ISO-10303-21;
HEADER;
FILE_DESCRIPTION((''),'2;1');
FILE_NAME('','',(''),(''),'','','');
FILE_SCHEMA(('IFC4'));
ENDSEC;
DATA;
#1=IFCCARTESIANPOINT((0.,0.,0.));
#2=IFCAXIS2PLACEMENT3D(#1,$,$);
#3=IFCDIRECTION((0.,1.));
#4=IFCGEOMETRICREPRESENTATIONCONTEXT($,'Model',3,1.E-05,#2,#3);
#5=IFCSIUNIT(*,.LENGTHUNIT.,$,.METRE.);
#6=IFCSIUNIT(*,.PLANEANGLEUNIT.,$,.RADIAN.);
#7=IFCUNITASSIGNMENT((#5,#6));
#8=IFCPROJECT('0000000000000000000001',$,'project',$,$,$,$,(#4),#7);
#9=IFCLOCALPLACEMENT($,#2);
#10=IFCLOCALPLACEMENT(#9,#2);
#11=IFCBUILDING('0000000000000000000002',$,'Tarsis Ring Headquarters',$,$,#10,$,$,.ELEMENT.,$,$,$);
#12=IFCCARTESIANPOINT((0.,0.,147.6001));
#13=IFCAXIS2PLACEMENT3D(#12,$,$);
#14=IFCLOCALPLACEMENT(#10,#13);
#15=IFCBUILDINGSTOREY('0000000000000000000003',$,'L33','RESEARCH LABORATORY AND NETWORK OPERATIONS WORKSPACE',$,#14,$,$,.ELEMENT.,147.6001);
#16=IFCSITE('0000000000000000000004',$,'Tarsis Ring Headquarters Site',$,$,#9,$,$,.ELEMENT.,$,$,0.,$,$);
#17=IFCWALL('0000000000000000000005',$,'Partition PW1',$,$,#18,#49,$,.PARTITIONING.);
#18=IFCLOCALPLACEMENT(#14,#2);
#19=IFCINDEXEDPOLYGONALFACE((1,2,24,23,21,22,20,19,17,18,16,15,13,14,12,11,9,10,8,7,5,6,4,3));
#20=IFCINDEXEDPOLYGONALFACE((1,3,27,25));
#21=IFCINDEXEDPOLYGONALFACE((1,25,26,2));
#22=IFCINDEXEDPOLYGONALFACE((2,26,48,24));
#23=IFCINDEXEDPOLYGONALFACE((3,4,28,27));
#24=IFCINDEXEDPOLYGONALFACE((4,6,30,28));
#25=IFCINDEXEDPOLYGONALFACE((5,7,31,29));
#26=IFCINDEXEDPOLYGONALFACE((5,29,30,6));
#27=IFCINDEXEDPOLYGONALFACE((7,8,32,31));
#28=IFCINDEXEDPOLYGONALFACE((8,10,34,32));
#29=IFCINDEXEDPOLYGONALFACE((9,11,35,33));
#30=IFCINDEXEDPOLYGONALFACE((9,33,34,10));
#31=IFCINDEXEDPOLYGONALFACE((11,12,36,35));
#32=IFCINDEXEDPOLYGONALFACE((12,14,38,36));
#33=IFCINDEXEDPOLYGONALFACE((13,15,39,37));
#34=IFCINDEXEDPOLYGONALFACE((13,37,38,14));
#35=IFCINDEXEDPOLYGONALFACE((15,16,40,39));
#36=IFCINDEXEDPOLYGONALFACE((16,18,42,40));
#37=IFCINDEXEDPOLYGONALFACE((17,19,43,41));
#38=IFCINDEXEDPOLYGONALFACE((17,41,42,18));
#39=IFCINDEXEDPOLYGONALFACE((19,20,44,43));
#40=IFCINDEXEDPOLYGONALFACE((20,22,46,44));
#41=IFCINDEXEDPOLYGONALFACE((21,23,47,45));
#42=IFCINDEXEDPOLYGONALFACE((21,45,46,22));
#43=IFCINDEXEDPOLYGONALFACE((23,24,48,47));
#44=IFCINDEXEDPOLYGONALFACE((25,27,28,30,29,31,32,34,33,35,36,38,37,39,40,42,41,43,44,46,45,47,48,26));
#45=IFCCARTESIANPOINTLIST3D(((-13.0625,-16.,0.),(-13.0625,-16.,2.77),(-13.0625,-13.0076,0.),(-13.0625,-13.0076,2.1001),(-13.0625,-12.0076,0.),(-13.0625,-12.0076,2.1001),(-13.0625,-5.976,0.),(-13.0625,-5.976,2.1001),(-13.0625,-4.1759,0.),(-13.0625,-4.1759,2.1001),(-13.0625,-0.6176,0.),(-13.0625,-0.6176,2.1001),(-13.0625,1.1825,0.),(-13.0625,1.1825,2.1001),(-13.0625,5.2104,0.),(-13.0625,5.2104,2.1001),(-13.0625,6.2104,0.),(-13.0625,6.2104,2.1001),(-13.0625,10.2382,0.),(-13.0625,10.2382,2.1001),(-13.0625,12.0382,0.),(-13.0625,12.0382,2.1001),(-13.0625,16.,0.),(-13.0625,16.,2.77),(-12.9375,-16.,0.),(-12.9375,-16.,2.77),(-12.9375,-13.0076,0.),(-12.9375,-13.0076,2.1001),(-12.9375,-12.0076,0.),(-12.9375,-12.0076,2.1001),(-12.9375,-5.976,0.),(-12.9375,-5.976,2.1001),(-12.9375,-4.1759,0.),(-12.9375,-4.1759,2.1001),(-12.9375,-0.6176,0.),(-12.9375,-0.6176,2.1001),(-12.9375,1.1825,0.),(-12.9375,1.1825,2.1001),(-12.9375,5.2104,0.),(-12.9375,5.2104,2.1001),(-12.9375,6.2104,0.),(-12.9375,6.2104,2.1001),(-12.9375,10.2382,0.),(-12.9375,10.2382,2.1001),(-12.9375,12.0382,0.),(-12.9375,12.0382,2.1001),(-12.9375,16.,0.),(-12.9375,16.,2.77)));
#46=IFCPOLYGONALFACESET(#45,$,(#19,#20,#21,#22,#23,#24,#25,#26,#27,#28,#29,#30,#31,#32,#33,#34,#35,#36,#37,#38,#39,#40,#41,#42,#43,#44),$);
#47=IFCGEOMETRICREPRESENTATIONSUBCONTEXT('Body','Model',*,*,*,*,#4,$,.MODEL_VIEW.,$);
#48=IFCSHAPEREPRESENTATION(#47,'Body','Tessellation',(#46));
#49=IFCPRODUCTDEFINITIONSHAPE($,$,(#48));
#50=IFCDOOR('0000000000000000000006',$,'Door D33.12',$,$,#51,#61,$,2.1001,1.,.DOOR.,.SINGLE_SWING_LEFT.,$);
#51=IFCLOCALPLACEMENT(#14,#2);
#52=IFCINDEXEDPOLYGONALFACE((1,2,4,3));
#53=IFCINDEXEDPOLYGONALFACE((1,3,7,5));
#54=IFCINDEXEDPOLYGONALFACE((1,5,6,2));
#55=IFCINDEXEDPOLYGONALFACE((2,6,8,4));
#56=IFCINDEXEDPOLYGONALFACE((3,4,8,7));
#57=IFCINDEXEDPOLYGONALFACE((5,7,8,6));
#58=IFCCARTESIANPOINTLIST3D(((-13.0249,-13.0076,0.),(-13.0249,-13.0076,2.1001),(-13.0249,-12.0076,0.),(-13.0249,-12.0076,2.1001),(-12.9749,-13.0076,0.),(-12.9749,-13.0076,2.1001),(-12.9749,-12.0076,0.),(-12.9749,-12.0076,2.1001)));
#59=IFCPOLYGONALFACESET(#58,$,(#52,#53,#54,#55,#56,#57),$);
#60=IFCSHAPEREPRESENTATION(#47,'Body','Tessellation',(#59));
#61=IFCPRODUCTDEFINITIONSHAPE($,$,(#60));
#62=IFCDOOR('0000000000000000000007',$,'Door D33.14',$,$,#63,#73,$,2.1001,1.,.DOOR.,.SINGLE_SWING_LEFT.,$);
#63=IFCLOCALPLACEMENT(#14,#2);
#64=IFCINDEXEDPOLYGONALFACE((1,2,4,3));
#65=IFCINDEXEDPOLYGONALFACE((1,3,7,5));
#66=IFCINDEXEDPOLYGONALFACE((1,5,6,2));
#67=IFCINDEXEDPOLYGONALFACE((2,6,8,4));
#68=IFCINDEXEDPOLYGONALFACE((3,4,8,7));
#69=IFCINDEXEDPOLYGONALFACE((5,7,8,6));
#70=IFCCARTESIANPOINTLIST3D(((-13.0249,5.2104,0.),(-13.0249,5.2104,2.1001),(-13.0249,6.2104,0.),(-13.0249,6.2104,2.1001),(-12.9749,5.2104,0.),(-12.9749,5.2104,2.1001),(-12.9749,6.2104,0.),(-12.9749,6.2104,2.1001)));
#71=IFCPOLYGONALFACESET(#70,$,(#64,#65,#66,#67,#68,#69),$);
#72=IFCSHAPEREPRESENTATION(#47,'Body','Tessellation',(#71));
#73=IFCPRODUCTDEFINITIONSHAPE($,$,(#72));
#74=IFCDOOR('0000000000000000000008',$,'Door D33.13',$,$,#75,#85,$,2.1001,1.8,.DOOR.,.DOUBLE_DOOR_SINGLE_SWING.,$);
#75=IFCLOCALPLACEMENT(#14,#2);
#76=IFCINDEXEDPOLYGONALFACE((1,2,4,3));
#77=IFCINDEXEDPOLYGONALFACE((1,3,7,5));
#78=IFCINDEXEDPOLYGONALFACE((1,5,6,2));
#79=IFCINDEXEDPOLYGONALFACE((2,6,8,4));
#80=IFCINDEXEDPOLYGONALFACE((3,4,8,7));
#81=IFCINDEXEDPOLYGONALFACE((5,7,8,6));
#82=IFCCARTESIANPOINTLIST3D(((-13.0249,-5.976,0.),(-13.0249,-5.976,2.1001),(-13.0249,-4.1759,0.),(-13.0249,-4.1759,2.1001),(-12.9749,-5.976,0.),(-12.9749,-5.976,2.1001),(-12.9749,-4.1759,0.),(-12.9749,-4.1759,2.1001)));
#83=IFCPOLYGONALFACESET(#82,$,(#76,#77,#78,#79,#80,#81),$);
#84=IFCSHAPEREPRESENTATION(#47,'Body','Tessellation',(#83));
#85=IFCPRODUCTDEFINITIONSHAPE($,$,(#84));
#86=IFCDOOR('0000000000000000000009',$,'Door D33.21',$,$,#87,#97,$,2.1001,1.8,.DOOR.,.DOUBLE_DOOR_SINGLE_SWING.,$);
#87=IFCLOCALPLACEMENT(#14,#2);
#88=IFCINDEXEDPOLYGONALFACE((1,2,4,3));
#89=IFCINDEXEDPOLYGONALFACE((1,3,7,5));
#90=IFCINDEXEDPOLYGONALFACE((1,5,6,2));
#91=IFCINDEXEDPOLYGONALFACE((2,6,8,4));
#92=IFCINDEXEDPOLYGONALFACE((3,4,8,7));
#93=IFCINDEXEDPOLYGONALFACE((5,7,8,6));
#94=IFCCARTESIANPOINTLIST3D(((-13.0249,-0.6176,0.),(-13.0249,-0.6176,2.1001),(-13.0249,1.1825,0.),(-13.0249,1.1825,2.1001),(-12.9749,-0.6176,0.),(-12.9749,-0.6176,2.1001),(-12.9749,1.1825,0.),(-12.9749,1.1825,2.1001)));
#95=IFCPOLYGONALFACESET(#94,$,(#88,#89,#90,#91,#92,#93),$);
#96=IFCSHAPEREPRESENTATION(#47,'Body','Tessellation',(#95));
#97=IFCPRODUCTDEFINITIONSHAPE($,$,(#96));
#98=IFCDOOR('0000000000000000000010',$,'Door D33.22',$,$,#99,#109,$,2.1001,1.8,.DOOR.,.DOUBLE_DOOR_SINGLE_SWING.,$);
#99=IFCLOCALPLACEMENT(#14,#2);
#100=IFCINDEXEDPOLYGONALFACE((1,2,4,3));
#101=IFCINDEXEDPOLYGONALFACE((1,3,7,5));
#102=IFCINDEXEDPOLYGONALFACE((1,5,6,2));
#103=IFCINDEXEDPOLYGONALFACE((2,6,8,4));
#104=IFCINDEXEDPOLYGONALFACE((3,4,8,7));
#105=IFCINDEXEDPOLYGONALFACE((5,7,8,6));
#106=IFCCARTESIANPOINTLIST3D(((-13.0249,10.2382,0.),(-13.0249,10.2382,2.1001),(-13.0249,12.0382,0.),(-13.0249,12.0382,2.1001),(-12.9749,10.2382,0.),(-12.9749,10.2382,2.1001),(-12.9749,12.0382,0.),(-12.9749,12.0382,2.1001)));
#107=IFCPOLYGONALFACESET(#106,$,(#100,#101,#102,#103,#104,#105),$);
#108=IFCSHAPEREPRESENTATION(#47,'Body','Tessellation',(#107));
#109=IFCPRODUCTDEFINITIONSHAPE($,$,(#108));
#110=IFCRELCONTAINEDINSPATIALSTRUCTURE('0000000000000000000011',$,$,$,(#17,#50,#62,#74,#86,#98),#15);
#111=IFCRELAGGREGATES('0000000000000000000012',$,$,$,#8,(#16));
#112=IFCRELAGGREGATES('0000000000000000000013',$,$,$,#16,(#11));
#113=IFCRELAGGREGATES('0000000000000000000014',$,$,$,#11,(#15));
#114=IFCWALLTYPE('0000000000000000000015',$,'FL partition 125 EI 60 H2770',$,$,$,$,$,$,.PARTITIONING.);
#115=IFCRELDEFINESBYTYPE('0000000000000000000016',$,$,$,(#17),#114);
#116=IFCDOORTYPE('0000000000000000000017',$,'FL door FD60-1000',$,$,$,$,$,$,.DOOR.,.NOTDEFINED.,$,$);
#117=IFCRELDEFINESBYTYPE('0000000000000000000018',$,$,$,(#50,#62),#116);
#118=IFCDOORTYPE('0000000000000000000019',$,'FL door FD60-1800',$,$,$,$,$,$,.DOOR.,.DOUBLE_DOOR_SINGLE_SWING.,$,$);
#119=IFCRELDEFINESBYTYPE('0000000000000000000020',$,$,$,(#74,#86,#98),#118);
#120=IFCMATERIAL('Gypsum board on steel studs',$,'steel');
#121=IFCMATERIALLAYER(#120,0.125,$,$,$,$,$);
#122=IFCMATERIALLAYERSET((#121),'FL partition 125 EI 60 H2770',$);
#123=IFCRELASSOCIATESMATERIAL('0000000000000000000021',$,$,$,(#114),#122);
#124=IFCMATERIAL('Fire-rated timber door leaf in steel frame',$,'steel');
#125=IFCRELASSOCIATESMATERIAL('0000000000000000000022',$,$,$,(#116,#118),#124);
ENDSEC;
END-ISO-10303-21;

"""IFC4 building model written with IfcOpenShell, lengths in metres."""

from ifc_helpers import new_model, si_unit, direction, frame, frame_2d, origin, place, context, subcontext, project, spatial, rectangle, extrude, material, layer, layer_set, type_object, element, fill, save


model = new_model("IFC4")

# Units and contexts
model_context = context("Model", 3, precision=1e-05, world=origin(), true_north=direction((0.0, 1.0)))
body_context = subcontext(model_context, "Body", "Model", "MODEL_VIEW")
ifc_project = project(units=[si_unit("LENGTHUNIT", "METRE"), si_unit("PLANEANGLEUNIT", "RADIAN")], contexts=[model_context])

# Site, building, storey
site_placement = place(None, origin())
site = spatial("IfcSite", under=ifc_project, at=site_placement, Name="Tarsis Ring Headquarters Site", CompositionType="ELEMENT", RefElevation=0.0)
building_placement = place(site_placement, origin())
building = spatial("IfcBuilding", under=site, at=building_placement, Name="Tarsis Ring Headquarters", CompositionType="ELEMENT")
storey_placement = place(building_placement, frame((0.0, 0.0, 147.6001)))
storey = spatial("IfcBuildingStorey", under=building, at=storey_placement, Name="L33", Description="RESEARCH LABORATORY AND NETWORK OPERATIONS WORKSPACE", CompositionType="ELEMENT", Elevation=147.6001)

# Shared definitions
ifc_material_1 = material(Name="Gypsum board on steel studs", Category="steel")

# Wall, openings, doors
ifc_layer_1 = layer(ifc_material_1, 0.125)
ifc_layer_set_1 = layer_set([ifc_layer_1], Name="FL partition 125 EI 60 H2770")
wall_type_1 = type_object("IfcWallType", Name="FL partition 125 EI 60 H2770", PredefinedType="PARTITIONING", material=ifc_layer_set_1)
wall_1_placement = place(storey_placement, frame((-13.0, -16.0, 0.0), z_axis=(0.0, 0.0, 1.0), x_axis=(0.0, 1.0, 0.0)))
wall_1 = element("IfcWall", 1, at=wall_1_placement, inside=storey, type_object=wall_type_1, Name="Partition PW1", PredefinedType="PARTITIONING", context=body_context, shape_type="SweptSolid", body=[
    extrude(rectangle(XDim=32.0, YDim=0.125, at=frame_2d((16.0, 0.0))), origin(), (0.0, 0.0, 1.0), 2.77),
])
opening_1_placement = place(wall_1_placement, frame((2.9924, 0.0, 0.0)))
opening_1 = element("IfcOpeningElement", 2, at=opening_1_placement, cuts=wall_1, PredefinedType="OPENING", context=body_context, shape_type="SweptSolid", body=[
    extrude(rectangle(XDim=1.0, YDim=2.1001, at=frame_2d((0.5, 1.05))), frame((0.0, 0.0725, 0.0), z_axis=(0.0, -1.0, 0.0), x_axis=(1.0, 0.0, 0.0)), (0.0, 0.0, 1.0), 0.145),
])
opening_2_placement = place(wall_1_placement, frame((10.0242, 0.0, 0.0)))
opening_2 = element("IfcOpeningElement", 3, at=opening_2_placement, cuts=wall_1, PredefinedType="OPENING", context=body_context, shape_type="SweptSolid", body=[
    extrude(rectangle(XDim=1.8, YDim=2.1001, at=frame_2d((0.8999, 1.05))), frame((0.0, 0.0725, 0.0), z_axis=(0.0, -1.0, 0.0), x_axis=(1.0, 0.0, 0.0)), (0.0, 0.0, 1.0), 0.145),
])
opening_3_placement = place(wall_1_placement, frame((21.2104, 0.0, 0.0)))
opening_3 = element("IfcOpeningElement", 4, at=opening_3_placement, cuts=wall_1, PredefinedType="OPENING", context=body_context, shape_type="SweptSolid", body=[
    extrude(rectangle(XDim=1.0, YDim=2.1001, at=frame_2d((0.5, 1.05))), frame((0.0, 0.0725, 0.0), z_axis=(0.0, -1.0, 0.0), x_axis=(1.0, 0.0, 0.0)), (0.0, 0.0, 1.0), 0.145),
])
opening_4_placement = place(wall_1_placement, frame((15.3826, 0.0, 0.0)))
opening_4 = element("IfcOpeningElement", 5, at=opening_4_placement, cuts=wall_1, PredefinedType="OPENING", context=body_context, shape_type="SweptSolid", body=[
    extrude(rectangle(XDim=1.8, YDim=2.1001, at=frame_2d((0.8999, 1.05))), frame((0.0, 0.0725, 0.0), z_axis=(0.0, -1.0, 0.0), x_axis=(1.0, 0.0, 0.0)), (0.0, 0.0, 1.0), 0.145),
])
opening_5_placement = place(wall_1_placement, frame((26.2383, 0.0, 0.0)))
opening_5 = element("IfcOpeningElement", 6, at=opening_5_placement, cuts=wall_1, PredefinedType="OPENING", context=body_context, shape_type="SweptSolid", body=[
    extrude(rectangle(XDim=1.8, YDim=2.1001, at=frame_2d((0.8999, 1.05))), frame((0.0, 0.0725, 0.0), z_axis=(0.0, -1.0, 0.0), x_axis=(1.0, 0.0, 0.0)), (0.0, 0.0, 1.0), 0.145),
])
ifc_material_2 = material(Name="Fire-rated timber door leaf in steel frame", Category="steel")
door_type_1 = type_object("IfcDoorType", Name="FL door FD60-1000", OperationType="NOTDEFINED", PredefinedType="DOOR", material=ifc_material_2)
door_1_placement = place(opening_1_placement, origin())
door_1 = element("IfcDoor", 7, at=door_1_placement, inside=storey, type_object=door_type_1, Name="Door D33.12", OperationType="SINGLE_SWING_LEFT", OverallHeight=2.1001, OverallWidth=1.0, PredefinedType="DOOR", context=body_context, shape_type="SweptSolid", body=[
    extrude(rectangle(XDim=1.0, YDim=2.1001, at=frame_2d((0.5, 1.05))), frame((0.0, 0.0249, 0.0), z_axis=(0.0, -1.0, 0.0), x_axis=(1.0, 0.0, 0.0)), (0.0, 0.0, 1.0), 0.05),
])
fill(opening_1, door_1)
door_2_placement = place(opening_3_placement, origin())
door_2 = element("IfcDoor", 8, at=door_2_placement, inside=storey, type_object=door_type_1, Name="Door D33.14", OperationType="SINGLE_SWING_LEFT", OverallHeight=2.1001, OverallWidth=1.0, PredefinedType="DOOR", context=body_context, shape_type="SweptSolid", body=[
    extrude(rectangle(XDim=1.0, YDim=2.1001, at=frame_2d((0.5, 1.05))), frame((0.0, 0.0249, 0.0), z_axis=(0.0, -1.0, 0.0), x_axis=(1.0, 0.0, 0.0)), (0.0, 0.0, 1.0), 0.05),
])
fill(opening_3, door_2)
door_type_2 = type_object("IfcDoorType", Name="FL door FD60-1800", OperationType="DOUBLE_DOOR_SINGLE_SWING", PredefinedType="DOOR", material=ifc_material_2)
door_3_placement = place(opening_2_placement, origin())
door_3 = element("IfcDoor", 9, at=door_3_placement, inside=storey, type_object=door_type_2, Name="Door D33.13", OperationType="DOUBLE_DOOR_SINGLE_SWING", OverallHeight=2.1001, OverallWidth=1.8, PredefinedType="DOOR", context=body_context, shape_type="SweptSolid", body=[
    extrude(rectangle(XDim=1.8, YDim=2.1001, at=frame_2d((0.8999, 1.05))), frame((0.0, 0.0249, 0.0), z_axis=(0.0, -1.0, 0.0), x_axis=(1.0, 0.0, 0.0)), (0.0, 0.0, 1.0), 0.05),
])
fill(opening_2, door_3)
door_4_placement = place(opening_4_placement, origin())
door_4 = element("IfcDoor", 10, at=door_4_placement, inside=storey, type_object=door_type_2, Name="Door D33.21", OperationType="DOUBLE_DOOR_SINGLE_SWING", OverallHeight=2.1001, OverallWidth=1.8, PredefinedType="DOOR", context=body_context, shape_type="SweptSolid", body=[
    extrude(rectangle(XDim=1.8, YDim=2.1001, at=frame_2d((0.8999, 1.05))), frame((0.0, 0.0249, 0.0), z_axis=(0.0, -1.0, 0.0), x_axis=(1.0, 0.0, 0.0)), (0.0, 0.0, 1.0), 0.05),
])
fill(opening_4, door_4)
door_5_placement = place(opening_5_placement, origin())
door_5 = element("IfcDoor", 11, at=door_5_placement, inside=storey, type_object=door_type_2, Name="Door D33.22", OperationType="DOUBLE_DOOR_SINGLE_SWING", OverallHeight=2.1001, OverallWidth=1.8, PredefinedType="DOOR", context=body_context, shape_type="SweptSolid", body=[
    extrude(rectangle(XDim=1.8, YDim=2.1001, at=frame_2d((0.8999, 1.05))), frame((0.0, 0.0249, 0.0), z_axis=(0.0, -1.0, 0.0), x_axis=(1.0, 0.0, 0.0)), (0.0, 0.0, 1.0), 0.05),
])
fill(opening_5, door_5)

save(model, "model.ifc")
